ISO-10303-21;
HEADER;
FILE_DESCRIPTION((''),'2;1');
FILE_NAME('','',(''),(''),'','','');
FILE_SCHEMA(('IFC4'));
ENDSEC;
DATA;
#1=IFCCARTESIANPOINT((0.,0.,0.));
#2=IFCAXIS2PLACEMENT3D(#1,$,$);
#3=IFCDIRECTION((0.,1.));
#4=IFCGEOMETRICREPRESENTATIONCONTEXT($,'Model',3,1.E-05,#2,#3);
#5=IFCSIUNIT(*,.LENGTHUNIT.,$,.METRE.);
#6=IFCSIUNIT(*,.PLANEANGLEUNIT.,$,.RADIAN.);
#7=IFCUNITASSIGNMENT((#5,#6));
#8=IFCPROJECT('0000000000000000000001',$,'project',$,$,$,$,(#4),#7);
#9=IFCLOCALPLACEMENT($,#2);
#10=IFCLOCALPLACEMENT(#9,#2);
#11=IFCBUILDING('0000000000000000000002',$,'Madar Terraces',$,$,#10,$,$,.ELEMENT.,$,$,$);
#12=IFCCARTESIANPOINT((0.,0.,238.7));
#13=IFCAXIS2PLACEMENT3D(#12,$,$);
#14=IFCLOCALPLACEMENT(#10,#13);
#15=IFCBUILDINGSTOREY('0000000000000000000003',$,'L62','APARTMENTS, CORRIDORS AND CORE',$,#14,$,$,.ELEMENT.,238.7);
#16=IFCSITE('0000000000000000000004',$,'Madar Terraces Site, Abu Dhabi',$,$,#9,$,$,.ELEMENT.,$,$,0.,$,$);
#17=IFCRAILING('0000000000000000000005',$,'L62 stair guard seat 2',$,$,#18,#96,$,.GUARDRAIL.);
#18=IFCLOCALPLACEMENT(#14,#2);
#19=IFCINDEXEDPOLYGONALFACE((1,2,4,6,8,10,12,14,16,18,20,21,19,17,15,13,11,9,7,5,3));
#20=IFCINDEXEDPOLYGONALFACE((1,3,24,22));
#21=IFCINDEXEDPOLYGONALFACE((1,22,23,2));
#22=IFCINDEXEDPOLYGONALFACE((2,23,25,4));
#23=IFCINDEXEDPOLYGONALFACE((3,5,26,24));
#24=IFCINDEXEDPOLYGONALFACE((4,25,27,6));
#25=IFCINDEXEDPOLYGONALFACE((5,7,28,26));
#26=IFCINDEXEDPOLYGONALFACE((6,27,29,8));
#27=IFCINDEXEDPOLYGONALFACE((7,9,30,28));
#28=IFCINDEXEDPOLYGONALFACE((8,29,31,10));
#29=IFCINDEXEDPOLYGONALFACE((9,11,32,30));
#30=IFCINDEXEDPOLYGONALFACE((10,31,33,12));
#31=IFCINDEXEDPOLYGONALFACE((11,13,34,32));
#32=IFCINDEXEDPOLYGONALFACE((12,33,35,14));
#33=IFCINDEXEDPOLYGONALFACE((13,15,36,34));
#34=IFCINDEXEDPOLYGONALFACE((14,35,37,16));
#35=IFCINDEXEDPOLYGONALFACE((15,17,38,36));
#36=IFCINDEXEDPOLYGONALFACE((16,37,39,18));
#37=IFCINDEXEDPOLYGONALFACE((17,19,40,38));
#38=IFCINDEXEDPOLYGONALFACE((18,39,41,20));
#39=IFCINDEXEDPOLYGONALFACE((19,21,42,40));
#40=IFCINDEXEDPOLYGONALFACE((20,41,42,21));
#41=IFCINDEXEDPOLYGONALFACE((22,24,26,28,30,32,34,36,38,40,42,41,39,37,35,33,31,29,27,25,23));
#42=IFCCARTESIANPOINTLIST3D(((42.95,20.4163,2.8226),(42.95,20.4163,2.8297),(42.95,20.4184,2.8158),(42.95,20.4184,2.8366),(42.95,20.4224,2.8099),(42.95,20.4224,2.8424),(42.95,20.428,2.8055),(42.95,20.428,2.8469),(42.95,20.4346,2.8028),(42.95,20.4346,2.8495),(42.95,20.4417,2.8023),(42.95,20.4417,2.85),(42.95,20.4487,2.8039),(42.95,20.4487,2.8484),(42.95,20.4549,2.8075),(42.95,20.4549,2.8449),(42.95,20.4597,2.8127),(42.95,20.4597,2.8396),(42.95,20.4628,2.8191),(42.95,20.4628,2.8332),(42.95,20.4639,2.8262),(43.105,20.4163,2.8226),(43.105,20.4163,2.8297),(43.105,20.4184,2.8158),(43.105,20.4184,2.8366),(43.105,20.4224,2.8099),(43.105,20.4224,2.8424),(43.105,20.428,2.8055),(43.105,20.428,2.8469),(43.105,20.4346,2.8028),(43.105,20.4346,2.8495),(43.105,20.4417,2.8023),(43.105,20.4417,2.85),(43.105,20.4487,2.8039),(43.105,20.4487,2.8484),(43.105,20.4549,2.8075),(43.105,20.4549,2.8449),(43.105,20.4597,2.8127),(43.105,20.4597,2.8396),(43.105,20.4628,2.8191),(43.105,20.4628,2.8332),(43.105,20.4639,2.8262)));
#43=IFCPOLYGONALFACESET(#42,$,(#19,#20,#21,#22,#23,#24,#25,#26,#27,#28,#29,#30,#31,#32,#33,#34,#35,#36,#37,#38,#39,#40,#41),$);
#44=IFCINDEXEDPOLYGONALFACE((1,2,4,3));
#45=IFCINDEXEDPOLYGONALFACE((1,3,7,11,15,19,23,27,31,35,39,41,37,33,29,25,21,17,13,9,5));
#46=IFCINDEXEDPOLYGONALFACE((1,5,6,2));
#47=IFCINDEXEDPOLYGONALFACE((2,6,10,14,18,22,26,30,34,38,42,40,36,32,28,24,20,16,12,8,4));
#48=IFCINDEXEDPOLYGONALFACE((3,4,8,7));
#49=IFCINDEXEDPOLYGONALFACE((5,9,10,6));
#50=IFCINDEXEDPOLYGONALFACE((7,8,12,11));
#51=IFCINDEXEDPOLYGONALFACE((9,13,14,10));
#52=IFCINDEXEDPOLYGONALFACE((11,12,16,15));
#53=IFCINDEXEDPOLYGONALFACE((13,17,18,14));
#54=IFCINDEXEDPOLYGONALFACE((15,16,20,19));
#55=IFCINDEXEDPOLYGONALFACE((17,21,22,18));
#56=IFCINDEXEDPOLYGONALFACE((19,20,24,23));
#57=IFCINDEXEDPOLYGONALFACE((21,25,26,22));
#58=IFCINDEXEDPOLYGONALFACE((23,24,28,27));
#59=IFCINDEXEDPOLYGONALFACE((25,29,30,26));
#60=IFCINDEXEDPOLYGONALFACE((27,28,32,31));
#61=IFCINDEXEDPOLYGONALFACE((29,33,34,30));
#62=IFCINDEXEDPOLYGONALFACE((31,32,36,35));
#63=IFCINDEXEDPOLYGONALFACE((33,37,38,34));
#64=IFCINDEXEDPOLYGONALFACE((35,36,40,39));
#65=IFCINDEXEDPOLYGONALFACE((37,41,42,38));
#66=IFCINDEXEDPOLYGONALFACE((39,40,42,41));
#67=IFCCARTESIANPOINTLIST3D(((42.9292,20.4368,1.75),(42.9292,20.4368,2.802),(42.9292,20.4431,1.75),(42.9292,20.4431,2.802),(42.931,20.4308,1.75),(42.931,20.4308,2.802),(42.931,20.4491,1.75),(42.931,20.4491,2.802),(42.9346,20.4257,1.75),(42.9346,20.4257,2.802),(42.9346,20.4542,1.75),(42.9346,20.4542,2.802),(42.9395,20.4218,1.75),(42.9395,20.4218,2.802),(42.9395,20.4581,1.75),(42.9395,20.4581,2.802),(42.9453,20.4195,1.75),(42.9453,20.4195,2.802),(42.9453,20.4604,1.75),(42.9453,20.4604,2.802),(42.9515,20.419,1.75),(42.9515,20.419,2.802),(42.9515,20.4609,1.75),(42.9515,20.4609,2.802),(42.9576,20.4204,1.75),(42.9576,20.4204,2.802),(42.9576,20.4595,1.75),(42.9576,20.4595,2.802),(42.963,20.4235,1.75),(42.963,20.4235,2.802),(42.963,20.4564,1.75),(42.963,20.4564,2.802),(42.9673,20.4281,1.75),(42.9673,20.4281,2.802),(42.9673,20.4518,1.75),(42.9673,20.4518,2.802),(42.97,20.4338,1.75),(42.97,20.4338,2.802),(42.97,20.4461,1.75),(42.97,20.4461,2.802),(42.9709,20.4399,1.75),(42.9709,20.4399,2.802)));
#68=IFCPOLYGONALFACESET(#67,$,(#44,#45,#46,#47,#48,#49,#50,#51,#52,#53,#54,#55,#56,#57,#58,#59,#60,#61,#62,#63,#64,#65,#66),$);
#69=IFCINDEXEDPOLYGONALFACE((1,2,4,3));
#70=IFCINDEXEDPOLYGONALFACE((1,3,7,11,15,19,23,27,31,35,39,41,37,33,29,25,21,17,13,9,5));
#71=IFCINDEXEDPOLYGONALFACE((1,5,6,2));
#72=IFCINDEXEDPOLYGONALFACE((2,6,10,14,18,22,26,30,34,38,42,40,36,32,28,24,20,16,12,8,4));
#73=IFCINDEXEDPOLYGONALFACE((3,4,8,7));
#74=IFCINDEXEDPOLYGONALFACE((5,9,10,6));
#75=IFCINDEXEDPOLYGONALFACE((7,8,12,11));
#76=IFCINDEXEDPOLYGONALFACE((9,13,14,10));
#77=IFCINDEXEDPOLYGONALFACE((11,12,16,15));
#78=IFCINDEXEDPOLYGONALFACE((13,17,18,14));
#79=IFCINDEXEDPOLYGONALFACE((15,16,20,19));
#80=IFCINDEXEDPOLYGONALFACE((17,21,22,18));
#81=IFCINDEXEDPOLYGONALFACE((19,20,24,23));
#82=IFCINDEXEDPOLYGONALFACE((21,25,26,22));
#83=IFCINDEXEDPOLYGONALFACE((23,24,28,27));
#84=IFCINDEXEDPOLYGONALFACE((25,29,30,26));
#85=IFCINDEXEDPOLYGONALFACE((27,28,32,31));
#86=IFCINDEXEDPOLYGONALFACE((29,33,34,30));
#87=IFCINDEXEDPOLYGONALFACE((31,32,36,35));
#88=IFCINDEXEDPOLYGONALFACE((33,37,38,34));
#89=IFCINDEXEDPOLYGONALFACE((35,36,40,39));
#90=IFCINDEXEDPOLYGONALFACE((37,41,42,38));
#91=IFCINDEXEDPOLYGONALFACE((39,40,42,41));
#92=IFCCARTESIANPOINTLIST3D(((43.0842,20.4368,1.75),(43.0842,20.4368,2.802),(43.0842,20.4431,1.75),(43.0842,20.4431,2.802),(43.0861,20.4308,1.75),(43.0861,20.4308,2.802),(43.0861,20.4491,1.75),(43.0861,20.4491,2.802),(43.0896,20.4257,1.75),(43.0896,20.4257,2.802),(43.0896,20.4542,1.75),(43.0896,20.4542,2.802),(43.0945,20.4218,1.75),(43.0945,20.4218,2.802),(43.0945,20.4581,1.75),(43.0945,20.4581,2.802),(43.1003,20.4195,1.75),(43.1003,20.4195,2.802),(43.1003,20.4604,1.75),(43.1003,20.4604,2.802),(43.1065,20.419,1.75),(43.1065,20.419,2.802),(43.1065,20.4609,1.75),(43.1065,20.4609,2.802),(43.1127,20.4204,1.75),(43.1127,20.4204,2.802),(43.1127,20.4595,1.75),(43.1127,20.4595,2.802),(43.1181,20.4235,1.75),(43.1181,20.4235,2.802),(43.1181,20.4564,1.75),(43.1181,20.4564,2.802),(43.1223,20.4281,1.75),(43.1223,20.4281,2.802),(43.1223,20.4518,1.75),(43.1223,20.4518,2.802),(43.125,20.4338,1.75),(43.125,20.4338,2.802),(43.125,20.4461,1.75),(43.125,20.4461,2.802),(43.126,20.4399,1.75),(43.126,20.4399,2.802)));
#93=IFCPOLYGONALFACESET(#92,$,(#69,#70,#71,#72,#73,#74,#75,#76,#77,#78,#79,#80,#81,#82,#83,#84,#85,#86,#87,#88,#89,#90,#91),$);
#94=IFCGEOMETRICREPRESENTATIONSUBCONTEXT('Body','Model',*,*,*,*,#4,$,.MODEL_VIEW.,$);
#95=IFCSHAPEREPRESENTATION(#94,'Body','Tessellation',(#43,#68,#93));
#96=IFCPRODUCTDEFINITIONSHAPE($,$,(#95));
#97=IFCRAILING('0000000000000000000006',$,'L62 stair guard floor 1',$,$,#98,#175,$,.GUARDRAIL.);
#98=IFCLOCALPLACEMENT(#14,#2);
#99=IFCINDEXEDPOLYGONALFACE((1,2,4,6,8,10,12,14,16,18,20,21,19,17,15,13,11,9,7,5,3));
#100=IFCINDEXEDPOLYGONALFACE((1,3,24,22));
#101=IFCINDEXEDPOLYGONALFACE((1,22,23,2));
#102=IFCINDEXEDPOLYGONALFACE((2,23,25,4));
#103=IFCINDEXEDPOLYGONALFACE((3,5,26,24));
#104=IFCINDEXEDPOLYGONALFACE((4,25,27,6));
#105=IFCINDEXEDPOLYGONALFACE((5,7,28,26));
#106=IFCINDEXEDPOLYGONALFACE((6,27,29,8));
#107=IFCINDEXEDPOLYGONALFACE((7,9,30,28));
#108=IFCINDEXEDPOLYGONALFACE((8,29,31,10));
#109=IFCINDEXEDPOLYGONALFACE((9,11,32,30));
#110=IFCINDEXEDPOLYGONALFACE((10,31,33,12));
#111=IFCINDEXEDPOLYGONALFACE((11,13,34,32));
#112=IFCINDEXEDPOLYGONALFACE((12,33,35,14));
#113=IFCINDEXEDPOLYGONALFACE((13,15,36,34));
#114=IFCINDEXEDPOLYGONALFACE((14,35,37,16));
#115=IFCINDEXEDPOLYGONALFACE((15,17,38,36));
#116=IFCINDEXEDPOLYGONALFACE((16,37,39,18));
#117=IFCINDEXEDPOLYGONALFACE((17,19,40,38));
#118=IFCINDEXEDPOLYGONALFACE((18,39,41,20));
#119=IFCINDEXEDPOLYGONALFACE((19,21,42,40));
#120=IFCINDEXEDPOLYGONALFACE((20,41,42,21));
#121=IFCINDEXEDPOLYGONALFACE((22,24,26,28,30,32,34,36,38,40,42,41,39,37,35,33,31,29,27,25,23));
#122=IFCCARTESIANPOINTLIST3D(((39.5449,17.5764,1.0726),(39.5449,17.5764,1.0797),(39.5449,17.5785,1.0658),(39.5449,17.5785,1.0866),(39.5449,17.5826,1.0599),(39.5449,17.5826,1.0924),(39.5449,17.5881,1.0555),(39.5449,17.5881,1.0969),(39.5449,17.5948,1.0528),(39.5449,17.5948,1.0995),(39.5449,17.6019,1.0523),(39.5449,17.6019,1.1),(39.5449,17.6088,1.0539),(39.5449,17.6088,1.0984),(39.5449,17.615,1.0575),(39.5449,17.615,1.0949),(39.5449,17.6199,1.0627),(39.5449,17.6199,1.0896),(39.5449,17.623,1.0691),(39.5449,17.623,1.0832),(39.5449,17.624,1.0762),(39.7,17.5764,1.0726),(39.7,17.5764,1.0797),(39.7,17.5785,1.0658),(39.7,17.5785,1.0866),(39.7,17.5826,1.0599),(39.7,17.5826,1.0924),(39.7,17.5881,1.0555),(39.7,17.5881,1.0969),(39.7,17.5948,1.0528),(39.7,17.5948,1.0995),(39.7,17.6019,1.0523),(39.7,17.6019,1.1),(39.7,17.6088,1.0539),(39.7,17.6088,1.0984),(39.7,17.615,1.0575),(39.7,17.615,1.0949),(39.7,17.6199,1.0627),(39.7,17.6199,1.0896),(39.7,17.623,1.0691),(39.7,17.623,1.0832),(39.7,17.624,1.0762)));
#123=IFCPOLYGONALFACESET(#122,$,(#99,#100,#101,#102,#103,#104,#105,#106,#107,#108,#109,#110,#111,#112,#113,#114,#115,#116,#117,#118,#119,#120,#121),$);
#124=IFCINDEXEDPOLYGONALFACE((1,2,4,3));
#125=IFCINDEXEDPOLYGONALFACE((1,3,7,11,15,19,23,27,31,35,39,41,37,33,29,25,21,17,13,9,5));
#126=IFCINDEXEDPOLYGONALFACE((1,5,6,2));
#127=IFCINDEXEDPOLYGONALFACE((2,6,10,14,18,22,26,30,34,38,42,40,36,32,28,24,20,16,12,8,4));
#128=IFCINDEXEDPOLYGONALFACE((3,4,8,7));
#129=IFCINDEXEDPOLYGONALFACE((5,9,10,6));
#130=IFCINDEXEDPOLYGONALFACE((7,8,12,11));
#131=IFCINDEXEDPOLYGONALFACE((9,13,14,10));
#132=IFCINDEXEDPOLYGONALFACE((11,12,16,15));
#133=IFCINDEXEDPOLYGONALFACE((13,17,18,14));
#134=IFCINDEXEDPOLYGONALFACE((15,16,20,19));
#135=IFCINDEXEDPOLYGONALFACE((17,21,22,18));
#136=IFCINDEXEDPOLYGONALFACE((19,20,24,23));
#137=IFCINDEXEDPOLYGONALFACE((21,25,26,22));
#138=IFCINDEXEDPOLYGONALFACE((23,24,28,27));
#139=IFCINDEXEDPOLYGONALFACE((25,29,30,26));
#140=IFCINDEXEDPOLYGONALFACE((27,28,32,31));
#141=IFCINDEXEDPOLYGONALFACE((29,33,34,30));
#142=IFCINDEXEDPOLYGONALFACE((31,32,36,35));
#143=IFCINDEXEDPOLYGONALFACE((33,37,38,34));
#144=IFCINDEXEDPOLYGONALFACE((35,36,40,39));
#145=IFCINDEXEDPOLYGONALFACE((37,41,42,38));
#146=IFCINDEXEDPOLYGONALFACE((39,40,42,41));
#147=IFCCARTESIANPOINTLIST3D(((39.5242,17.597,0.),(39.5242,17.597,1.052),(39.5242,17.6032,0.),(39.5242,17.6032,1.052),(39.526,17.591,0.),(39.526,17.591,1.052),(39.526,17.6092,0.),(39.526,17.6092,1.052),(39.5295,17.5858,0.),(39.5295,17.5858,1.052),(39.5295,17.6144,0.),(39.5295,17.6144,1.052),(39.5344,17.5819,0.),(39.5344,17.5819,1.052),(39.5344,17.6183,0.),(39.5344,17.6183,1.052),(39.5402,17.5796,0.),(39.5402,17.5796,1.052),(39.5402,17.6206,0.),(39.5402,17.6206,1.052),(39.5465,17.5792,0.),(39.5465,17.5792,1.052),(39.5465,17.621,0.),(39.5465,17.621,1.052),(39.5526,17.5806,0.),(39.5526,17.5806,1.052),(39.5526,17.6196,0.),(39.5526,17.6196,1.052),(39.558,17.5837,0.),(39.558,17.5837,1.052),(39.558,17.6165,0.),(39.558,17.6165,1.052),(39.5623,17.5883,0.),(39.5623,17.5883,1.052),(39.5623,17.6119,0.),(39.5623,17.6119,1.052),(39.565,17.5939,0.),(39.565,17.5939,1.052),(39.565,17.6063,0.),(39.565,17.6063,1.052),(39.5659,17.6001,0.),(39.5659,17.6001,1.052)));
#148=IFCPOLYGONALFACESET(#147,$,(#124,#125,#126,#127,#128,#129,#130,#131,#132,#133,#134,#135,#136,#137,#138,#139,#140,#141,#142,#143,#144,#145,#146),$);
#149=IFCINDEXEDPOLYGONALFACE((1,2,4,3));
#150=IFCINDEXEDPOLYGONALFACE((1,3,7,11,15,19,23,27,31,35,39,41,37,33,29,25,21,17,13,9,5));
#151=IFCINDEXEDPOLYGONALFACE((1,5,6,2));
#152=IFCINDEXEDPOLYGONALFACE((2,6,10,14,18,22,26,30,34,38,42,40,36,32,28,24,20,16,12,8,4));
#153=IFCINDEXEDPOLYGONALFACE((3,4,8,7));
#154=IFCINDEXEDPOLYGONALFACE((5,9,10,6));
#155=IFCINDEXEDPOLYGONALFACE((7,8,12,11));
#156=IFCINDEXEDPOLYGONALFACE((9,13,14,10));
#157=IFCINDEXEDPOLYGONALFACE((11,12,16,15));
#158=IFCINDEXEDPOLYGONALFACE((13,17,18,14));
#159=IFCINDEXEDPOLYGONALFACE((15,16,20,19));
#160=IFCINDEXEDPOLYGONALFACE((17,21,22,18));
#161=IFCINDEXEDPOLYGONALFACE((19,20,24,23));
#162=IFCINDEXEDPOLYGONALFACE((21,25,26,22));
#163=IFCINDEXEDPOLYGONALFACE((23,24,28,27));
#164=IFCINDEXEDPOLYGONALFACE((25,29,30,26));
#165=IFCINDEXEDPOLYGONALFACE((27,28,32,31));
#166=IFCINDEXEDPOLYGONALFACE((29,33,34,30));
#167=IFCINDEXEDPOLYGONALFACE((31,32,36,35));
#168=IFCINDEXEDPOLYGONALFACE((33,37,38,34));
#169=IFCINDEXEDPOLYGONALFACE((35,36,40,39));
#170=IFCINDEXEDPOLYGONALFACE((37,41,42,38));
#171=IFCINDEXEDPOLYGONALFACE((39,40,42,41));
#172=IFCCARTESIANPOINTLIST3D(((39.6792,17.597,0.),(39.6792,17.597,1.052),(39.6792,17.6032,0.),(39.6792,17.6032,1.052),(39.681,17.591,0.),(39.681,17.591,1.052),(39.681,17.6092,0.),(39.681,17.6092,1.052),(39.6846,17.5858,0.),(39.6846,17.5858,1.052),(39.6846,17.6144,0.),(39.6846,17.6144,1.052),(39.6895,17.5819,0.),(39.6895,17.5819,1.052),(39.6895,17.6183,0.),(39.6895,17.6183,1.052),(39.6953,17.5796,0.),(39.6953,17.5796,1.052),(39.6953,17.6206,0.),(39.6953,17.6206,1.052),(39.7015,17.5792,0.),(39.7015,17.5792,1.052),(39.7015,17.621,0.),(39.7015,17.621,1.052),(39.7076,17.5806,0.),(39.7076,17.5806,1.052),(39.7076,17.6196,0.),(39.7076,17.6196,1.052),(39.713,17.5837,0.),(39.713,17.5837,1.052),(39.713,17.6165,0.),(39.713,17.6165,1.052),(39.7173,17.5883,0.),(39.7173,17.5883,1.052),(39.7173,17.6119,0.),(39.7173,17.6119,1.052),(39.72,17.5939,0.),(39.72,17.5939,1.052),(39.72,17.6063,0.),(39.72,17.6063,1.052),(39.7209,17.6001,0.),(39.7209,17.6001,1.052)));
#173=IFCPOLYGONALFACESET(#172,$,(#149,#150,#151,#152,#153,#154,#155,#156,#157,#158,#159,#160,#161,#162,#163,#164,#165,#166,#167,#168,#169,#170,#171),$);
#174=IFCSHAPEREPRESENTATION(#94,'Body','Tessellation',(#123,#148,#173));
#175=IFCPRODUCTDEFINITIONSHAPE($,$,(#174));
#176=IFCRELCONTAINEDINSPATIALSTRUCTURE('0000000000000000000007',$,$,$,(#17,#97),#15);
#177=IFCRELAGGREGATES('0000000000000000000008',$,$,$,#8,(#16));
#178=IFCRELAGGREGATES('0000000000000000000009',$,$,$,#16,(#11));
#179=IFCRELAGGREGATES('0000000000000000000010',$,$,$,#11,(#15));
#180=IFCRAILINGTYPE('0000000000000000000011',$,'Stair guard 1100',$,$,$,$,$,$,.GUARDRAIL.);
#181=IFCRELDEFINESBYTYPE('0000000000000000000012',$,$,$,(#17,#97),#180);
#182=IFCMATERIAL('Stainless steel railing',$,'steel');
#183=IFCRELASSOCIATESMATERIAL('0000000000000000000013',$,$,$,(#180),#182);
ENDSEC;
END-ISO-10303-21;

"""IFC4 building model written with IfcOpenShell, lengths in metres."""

from ifc_helpers import new_model, si_unit, direction, frame, origin, origin_2d, place, context, subcontext, project, spatial, circle, extrude, material, type_object, element, save


model = new_model("IFC4")

# Units and contexts
model_context = context("Model", 3, precision=1e-05, world=origin(), true_north=direction((0.0, 1.0)))
body_context = subcontext(model_context, "Body", "Model", "MODEL_VIEW")
ifc_project = project(units=[si_unit("LENGTHUNIT", "METRE"), si_unit("PLANEANGLEUNIT", "RADIAN")], contexts=[model_context])

# Site, building, storey
site_placement = place(None, origin())
site = spatial("IfcSite", under=ifc_project, at=site_placement, Name="Madar Terraces Site, Abu Dhabi", CompositionType="ELEMENT", RefElevation=0.0)
building_placement = place(site_placement, origin())
building = spatial("IfcBuilding", under=site, at=building_placement, Name="Madar Terraces", CompositionType="ELEMENT")
storey_placement = place(building_placement, frame((0.0, 0.0, 238.7)))
storey = spatial("IfcBuildingStorey", under=building, at=storey_placement, Name="L62", Description="APARTMENTS, CORRIDORS AND CORE", CompositionType="ELEMENT", Elevation=238.7)

# Railings
ifc_material_1 = material(Name="Stainless steel railing", Category="steel")
railing_type_1 = type_object("IfcRailingType", Name="Stair guard 1100", PredefinedType="GUARDRAIL", material=ifc_material_1)
for number, where, name in (
    (1, (42.95, 20.4399, 1.75), "L62 stair guard seat 2"),
    (2, (39.5449, 17.6001, 0.0), "L62 stair guard floor 1"),
):
    element("IfcRailing", number, at=place(storey_placement, frame(where)), inside=storey, type_object=railing_type_1, Name=name, PredefinedType="GUARDRAIL", context=body_context, shape_type="SweptSolid", body=[
        extrude(circle(Radius=0.0239, at=origin_2d()), frame((0.0, 0.0, 1.0762), z_axis=(1.0, 0.0, 0.0), x_axis=(0.0, 1.0, 0.0)), (0.0, 0.0, 1.0), 0.155),
        extrude(circle(Radius=0.021, at=origin_2d()), origin(), (0.0, 0.0, 1.0), 1.052),
        extrude(circle(Radius=0.021, at=origin_2d()), frame((0.155, 0.0, 0.0)), (0.0, 0.0, 1.0), 1.052),
    ])

save(model, "model.ifc")
